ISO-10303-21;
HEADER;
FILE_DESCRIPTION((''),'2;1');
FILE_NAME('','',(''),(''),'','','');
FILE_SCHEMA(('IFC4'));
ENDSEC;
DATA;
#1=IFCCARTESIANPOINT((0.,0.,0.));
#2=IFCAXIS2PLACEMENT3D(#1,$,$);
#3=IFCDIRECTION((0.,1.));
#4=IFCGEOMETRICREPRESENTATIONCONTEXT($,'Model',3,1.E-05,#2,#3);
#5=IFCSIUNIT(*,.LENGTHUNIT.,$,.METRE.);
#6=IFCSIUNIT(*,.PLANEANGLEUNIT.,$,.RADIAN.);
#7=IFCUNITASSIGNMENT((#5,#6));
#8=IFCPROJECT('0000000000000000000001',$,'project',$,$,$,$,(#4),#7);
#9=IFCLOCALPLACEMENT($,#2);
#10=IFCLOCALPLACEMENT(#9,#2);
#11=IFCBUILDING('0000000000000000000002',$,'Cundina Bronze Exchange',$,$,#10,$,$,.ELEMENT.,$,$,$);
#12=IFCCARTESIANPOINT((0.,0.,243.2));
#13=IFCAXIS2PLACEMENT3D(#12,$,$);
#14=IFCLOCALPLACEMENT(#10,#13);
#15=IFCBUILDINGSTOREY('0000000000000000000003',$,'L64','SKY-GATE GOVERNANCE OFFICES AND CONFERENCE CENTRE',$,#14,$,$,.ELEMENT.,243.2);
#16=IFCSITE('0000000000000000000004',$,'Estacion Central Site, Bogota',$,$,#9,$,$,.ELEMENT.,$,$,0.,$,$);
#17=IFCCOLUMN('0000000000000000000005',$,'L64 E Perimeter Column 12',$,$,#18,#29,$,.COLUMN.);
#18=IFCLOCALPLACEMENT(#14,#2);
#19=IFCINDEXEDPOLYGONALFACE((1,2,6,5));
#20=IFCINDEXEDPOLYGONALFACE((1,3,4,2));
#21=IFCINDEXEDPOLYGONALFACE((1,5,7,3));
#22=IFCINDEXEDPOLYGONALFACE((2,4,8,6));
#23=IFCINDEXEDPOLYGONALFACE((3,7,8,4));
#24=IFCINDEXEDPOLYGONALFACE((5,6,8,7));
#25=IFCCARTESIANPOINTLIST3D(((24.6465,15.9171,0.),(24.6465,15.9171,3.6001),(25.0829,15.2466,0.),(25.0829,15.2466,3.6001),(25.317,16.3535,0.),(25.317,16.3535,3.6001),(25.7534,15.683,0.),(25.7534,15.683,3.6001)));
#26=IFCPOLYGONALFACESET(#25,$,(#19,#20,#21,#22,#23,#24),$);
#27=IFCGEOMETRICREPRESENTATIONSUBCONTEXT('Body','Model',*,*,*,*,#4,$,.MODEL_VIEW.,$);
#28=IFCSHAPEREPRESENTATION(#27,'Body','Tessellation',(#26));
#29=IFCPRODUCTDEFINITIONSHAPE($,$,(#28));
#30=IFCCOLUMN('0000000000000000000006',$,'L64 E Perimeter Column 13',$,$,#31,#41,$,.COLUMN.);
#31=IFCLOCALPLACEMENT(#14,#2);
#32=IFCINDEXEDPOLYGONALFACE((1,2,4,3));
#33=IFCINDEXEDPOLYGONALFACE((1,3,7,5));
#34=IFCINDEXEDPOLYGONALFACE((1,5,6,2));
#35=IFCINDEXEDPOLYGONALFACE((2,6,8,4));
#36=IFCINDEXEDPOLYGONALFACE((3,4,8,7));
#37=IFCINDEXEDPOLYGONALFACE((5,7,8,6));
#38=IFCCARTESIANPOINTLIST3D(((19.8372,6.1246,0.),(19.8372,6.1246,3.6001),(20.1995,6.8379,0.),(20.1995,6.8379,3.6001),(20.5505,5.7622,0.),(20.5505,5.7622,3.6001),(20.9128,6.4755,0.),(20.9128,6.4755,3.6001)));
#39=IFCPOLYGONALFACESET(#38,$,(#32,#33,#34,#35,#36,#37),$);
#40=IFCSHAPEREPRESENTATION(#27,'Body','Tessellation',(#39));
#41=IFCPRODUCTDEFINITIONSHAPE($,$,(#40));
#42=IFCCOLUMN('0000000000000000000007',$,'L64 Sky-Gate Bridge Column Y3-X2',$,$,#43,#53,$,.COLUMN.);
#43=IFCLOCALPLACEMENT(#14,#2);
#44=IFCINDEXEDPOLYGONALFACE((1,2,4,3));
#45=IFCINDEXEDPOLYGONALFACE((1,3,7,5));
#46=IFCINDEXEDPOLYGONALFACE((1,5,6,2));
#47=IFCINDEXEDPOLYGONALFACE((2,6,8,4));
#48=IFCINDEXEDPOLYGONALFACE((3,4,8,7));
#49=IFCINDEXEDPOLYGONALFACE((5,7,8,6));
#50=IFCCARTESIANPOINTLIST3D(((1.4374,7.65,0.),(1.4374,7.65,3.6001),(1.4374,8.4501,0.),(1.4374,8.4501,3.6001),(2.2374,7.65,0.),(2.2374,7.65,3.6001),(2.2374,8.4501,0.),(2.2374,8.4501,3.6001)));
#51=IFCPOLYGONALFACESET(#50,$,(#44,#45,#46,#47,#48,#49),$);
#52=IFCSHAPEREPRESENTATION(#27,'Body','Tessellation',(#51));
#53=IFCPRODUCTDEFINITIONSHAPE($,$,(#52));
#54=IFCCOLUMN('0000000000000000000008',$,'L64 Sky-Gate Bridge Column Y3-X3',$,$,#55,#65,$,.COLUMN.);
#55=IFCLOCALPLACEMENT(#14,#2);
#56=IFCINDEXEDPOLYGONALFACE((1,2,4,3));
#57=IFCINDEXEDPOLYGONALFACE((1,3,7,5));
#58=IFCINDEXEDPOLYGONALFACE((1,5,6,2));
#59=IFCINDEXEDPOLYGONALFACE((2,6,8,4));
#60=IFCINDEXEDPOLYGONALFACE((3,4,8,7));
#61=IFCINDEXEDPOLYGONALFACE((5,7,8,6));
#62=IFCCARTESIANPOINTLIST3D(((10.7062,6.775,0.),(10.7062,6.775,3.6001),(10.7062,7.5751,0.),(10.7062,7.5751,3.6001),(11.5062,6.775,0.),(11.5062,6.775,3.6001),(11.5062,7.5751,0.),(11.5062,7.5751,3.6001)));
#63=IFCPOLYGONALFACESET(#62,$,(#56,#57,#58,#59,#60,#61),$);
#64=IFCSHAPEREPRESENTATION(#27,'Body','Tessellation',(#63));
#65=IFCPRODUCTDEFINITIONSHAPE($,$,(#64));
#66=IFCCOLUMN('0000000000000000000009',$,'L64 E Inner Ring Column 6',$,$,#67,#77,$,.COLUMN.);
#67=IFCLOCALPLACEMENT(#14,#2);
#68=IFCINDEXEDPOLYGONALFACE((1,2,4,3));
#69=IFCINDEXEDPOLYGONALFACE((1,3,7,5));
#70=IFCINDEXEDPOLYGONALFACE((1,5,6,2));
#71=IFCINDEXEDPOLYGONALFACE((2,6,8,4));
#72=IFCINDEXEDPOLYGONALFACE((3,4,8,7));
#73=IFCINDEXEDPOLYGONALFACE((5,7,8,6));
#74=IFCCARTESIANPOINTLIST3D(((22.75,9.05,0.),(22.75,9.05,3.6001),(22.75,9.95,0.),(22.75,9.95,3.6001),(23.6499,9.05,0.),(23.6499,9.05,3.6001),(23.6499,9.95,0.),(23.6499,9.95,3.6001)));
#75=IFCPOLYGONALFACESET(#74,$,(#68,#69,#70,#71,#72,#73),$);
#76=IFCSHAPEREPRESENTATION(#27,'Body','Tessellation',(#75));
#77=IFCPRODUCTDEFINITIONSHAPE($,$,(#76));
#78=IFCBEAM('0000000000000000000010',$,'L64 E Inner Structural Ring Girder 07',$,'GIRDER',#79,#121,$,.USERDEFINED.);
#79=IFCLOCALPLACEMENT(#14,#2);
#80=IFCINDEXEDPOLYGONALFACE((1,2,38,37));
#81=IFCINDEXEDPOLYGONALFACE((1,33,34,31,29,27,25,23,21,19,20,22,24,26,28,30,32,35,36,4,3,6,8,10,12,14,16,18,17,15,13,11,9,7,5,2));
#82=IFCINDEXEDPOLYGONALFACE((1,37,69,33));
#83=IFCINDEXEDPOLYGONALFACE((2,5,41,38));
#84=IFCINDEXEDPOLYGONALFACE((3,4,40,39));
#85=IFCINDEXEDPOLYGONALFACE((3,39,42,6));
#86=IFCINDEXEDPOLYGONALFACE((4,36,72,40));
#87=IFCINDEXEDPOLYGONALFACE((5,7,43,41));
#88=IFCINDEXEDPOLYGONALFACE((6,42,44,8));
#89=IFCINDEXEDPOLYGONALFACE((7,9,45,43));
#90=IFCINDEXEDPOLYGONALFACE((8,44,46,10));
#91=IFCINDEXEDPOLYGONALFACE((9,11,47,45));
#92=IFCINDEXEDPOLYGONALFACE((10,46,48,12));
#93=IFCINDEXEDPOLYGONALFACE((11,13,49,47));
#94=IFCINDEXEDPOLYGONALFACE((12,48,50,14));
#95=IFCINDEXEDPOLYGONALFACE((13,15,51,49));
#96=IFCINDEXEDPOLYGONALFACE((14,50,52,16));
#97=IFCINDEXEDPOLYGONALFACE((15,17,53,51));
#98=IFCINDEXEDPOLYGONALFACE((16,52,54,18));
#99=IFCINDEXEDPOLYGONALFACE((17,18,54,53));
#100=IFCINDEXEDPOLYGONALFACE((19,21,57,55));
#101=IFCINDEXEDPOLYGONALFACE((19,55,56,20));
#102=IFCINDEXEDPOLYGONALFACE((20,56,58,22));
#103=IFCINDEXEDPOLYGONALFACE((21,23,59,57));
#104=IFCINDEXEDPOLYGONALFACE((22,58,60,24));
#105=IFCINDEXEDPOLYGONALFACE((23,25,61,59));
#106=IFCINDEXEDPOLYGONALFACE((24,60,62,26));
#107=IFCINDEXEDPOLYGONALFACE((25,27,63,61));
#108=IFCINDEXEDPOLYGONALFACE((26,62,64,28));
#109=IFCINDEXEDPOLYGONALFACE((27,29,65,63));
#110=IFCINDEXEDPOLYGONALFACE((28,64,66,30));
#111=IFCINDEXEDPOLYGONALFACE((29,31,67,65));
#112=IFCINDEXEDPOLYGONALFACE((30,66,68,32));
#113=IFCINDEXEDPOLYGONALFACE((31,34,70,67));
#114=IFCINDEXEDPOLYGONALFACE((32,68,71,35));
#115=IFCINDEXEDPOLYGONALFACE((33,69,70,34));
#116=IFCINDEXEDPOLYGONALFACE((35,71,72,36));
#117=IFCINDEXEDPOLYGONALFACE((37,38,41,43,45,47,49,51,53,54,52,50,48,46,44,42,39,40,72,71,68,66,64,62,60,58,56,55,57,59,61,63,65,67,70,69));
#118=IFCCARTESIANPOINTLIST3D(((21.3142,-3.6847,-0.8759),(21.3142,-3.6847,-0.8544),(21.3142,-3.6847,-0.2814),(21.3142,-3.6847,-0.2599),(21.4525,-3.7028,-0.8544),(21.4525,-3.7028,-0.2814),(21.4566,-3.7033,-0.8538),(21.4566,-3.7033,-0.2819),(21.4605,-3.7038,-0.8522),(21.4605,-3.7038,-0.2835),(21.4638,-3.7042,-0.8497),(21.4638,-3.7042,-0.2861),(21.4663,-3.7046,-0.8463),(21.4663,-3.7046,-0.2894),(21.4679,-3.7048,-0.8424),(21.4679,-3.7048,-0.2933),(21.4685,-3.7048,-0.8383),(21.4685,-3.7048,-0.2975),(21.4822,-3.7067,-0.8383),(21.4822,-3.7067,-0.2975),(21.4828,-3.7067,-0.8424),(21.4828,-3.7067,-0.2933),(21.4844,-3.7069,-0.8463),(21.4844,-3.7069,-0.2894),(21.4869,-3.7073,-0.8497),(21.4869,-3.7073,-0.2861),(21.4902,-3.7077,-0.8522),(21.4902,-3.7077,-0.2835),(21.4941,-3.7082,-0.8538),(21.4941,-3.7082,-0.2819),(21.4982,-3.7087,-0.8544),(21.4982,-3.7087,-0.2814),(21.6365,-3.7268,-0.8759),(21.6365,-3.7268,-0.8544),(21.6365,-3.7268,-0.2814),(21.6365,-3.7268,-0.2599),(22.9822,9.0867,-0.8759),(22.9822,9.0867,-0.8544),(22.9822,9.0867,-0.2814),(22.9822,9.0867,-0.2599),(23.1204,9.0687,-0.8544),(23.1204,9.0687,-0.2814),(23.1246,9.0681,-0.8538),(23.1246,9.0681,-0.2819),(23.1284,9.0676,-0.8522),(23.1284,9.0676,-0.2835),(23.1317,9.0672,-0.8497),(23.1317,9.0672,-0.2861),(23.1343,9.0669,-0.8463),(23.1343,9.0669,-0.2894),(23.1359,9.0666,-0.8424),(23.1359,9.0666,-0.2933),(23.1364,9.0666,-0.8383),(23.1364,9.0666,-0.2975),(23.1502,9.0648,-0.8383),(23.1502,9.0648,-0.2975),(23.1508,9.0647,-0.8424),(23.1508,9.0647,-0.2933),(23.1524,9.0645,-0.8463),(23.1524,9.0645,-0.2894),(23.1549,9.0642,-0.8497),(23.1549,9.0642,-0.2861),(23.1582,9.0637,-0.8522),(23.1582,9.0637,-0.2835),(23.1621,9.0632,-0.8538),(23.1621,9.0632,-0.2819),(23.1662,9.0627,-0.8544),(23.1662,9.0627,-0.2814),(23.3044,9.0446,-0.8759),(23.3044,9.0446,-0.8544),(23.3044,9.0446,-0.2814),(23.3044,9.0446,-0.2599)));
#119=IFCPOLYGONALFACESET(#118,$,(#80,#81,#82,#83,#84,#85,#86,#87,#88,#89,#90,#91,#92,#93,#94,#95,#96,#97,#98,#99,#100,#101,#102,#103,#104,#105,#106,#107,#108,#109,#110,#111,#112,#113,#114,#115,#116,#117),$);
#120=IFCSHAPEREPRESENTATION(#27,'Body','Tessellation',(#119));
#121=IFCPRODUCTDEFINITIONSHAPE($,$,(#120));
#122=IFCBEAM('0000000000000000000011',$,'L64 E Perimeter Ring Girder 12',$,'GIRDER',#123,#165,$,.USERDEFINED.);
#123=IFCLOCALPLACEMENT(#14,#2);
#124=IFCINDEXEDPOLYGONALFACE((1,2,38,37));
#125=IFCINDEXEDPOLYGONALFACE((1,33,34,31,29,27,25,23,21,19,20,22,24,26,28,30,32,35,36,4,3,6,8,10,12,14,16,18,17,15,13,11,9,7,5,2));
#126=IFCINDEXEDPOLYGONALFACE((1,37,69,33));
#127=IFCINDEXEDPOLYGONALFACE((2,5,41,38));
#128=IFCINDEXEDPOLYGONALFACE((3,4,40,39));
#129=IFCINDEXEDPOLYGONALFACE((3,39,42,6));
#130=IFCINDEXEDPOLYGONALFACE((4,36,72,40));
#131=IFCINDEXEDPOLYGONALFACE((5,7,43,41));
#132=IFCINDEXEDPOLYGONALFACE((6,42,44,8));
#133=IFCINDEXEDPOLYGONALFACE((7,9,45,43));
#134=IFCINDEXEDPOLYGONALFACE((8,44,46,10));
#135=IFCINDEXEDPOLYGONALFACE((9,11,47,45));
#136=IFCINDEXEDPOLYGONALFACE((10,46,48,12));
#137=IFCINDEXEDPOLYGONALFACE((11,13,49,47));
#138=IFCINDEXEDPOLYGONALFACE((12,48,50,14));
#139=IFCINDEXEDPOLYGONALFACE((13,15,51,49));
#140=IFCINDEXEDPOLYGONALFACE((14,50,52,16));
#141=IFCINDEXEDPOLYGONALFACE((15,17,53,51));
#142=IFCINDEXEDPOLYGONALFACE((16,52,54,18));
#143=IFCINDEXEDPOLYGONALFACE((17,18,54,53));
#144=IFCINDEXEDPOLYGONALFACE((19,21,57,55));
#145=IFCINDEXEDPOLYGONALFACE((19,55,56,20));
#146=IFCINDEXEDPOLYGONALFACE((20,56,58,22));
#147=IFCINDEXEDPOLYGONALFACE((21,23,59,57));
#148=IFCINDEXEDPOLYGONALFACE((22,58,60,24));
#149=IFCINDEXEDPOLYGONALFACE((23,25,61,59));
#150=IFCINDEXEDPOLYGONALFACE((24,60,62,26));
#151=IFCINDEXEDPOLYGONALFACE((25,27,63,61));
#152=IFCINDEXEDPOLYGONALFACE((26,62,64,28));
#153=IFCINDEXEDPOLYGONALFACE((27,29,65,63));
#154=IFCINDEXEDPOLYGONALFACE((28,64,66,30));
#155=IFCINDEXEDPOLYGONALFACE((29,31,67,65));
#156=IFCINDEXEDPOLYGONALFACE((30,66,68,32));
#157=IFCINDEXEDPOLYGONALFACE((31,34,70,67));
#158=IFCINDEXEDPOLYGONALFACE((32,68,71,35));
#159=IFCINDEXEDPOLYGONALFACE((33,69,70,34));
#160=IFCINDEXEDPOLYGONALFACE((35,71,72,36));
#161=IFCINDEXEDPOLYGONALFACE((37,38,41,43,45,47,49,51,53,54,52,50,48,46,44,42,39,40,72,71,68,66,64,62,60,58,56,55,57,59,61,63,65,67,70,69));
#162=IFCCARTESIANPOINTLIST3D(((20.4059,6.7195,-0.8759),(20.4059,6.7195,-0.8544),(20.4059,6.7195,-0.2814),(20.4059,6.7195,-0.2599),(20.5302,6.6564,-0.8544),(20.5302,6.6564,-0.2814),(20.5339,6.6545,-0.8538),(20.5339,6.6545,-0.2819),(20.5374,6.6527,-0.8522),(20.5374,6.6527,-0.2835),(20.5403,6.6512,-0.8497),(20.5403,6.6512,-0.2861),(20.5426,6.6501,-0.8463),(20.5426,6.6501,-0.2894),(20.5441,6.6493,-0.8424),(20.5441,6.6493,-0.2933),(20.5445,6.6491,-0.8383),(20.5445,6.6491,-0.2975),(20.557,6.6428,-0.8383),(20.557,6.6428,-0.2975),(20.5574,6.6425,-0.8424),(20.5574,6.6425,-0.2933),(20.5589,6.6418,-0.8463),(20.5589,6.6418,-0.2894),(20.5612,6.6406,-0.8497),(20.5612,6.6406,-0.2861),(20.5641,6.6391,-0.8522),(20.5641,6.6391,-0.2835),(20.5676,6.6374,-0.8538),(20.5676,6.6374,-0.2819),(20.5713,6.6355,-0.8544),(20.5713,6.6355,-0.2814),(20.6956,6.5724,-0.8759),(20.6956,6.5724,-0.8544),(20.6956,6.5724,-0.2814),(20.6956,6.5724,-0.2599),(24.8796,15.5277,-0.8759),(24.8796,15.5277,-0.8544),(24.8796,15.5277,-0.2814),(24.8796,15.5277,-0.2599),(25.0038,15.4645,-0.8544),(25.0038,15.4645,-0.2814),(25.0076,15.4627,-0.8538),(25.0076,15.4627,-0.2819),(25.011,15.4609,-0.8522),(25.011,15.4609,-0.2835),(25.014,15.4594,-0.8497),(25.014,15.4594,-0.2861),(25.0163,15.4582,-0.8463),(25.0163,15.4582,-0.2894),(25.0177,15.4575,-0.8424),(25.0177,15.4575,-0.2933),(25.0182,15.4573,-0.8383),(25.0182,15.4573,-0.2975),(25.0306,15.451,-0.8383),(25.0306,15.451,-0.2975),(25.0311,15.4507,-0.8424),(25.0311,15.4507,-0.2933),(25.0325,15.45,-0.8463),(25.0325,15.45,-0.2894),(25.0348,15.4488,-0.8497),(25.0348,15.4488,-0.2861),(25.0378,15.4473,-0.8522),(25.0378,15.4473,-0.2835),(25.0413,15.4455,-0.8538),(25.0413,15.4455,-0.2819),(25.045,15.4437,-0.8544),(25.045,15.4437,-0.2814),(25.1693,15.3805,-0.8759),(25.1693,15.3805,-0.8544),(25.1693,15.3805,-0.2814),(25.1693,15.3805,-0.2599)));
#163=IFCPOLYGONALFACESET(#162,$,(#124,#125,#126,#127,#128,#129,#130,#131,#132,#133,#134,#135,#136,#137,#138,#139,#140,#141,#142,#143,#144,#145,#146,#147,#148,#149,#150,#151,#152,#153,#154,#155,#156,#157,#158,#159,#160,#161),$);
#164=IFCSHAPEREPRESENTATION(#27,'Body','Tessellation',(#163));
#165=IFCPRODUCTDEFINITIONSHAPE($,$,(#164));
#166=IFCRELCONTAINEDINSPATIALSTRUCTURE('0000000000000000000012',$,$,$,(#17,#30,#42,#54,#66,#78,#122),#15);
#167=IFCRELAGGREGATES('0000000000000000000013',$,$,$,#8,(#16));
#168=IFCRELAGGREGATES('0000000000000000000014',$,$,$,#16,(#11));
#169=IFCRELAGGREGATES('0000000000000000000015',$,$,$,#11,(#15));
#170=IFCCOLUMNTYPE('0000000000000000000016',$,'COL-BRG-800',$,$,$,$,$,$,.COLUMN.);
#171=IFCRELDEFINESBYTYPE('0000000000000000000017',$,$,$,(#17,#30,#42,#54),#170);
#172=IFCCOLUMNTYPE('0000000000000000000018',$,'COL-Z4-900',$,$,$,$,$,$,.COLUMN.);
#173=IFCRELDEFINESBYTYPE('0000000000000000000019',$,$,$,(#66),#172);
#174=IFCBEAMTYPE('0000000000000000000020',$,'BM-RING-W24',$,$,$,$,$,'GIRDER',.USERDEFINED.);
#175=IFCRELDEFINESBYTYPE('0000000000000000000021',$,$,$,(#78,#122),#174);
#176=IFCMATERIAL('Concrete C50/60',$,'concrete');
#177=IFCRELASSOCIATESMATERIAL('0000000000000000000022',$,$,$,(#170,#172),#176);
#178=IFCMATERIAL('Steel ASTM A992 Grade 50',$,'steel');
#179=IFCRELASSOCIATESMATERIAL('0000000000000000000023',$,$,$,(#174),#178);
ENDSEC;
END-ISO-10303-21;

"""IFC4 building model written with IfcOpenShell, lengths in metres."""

from ifc_helpers import new_model, si_unit, direction, frame, origin, origin_2d, place, context, subcontext, project, spatial, rectangle, i_section, extrude, material, material_profile, profile_set, type_object, element, save


model = new_model("IFC4")

# Units and contexts
model_context = context("Model", 3, precision=1e-05, world=origin(), true_north=direction((0.0, 1.0)))
body_context = subcontext(model_context, "Body", "Model", "MODEL_VIEW")
ifc_project = project(units=[si_unit("LENGTHUNIT", "METRE"), si_unit("PLANEANGLEUNIT", "RADIAN")], contexts=[model_context])

# Site, building, storey
site_placement = place(None, origin())
site = spatial("IfcSite", under=ifc_project, at=site_placement, Name="Estacion Central Site, Bogota", CompositionType="ELEMENT", RefElevation=0.0)
building_placement = place(site_placement, origin())
building = spatial("IfcBuilding", under=site, at=building_placement, Name="Cundina Bronze Exchange", CompositionType="ELEMENT")
storey_placement = place(building_placement, frame((0.0, 0.0, 243.2)))
storey = spatial("IfcBuildingStorey", under=building, at=storey_placement, Name="L64", Description="SKY-GATE GOVERNANCE OFFICES AND CONFERENCE CENTRE", CompositionType="ELEMENT", Elevation=243.2)

# Columns
ifc_material_1 = material(Name="Concrete C50/60", Category="concrete")
ifc_material_profile_1 = material_profile(ifc_material_1, rectangle(XDim=0.8, YDim=0.8, at=origin_2d()), Name="RC800X800", Category="concrete")
ifc_profile_set_1 = profile_set([ifc_material_profile_1], Name="Concrete C50/60")
column_type_1 = type_object("IfcColumnType", Name="COL-BRG-800", PredefinedType="COLUMN", material=ifc_profile_set_1)
for number, where, z_axis, x_axis, name in (
    (1, (25.2, 15.8, 0.0), (0.0, 0.0, 1.0), (-0.8381, -0.545517, 0.0), "L64 E Perimeter Column 12"),
    (2, (20.375, 6.3, 0.0), (0.0, 0.0, 1.0), (-0.452902, -0.891561, 0.0), "L64 E Perimeter Column 13"),
    (3, (1.8374, 8.05, 0.0), (0.0, 0.0, 1.0), (1.0, 0.0, 0.0), "L64 Sky-Gate Bridge Column Y3-X2"),
    (4, (11.1062, 7.175, 0.0), (0.0, 0.0, 1.0), (1.0, 0.0, 0.0), "L64 Sky-Gate Bridge Column Y3-X3"),
):
    element("IfcColumn", number, at=place(storey_placement, frame(where, z_axis=z_axis, x_axis=x_axis)), inside=storey, type_object=column_type_1, Name=name, PredefinedType="COLUMN", context=body_context, shape_type="SweptSolid", body=[
        extrude(rectangle(XDim=0.8, YDim=0.8, at=origin_2d()), origin(), (0.0, 0.0, 1.0), 3.6001),
    ])
ifc_material_profile_2 = material_profile(ifc_material_1, rectangle(XDim=0.8999, YDim=0.8999, at=origin_2d()), Name="RC900X900", Category="concrete")
ifc_profile_set_2 = profile_set([ifc_material_profile_2], Name="Concrete C50/60")
column_type_2 = type_object("IfcColumnType", Name="COL-Z4-900", PredefinedType="COLUMN", material=ifc_profile_set_2)
column_placement = place(storey_placement, frame((23.2, 9.5, 0.0), z_axis=(0.0, 0.0, 1.0), x_axis=(1.0, 0.0, 0.0)))
element("IfcColumn", 5, at=column_placement, inside=storey, type_object=column_type_2, Name="L64 E Inner Ring Column 6", PredefinedType="COLUMN", context=body_context, shape_type="SweptSolid", body=[
    extrude(rectangle(XDim=0.8999, YDim=0.8999, at=origin_2d()), origin(), (0.0, 0.0, 1.0), 3.6001),
])

# Beams
ifc_material_2 = material(Name="Steel ASTM A992 Grade 50", Category="steel")
ifc_material_profile_3 = material_profile(ifc_material_2, i_section(OverallWidth=0.325, OverallDepth=0.616, WebThickness=0.0139, FlangeThickness=0.0215, FilletRadius=0.0161, at=origin_2d()), Name="W24X117", Category="steel")
ifc_profile_set_3 = profile_set([ifc_material_profile_3], Name="Steel ASTM A992 Grade 50")
beam_type_1 = type_object("IfcBeamType", Name="BM-RING-W24", ElementType="GIRDER", PredefinedType="USERDEFINED", material=ifc_profile_set_3)
beam_placement = place(storey_placement, frame((23.1433, 9.0657, -0.5679), z_axis=(-0.129501, -0.991579, 0.0), x_axis=(0.991579, -0.129501, 0.0)))
element("IfcBeam", 6, at=beam_placement, inside=storey, type_object=beam_type_1, Name="L64 E Inner Structural Ring Girder 07", ObjectType="GIRDER", PredefinedType="USERDEFINED", context=body_context, shape_type="SweptSolid", body=[
    extrude(i_section(OverallWidth=0.325, OverallDepth=0.616, WebThickness=0.0139, FlangeThickness=0.0215, FilletRadius=0.0161, at=origin_2d()), origin(), (0.0, 0.0, 1.0), 12.8799),
])
for number, where, z_axis, x_axis, name in (
    (7, (25.0244, 15.4541, -0.5679), (-0.452839, -0.891592, 0.0), (0.891592, -0.452839, 0.0), "L64 E Perimeter Ring Girder 12"),
):
    element("IfcBeam", number, at=place(storey_placement, frame(where, z_axis=z_axis, x_axis=x_axis)), inside=storey, type_object=beam_type_1, Name=name, ObjectType="GIRDER", PredefinedType="USERDEFINED", context=body_context, shape_type="SweptSolid", body=[
        extrude(i_section(OverallWidth=0.325, OverallDepth=0.616, WebThickness=0.0139, FlangeThickness=0.0215, FilletRadius=0.0161, at=origin_2d()), origin(), (0.0, 0.0, 1.0), 9.8792),
    ])

save(model, "model.ifc")
